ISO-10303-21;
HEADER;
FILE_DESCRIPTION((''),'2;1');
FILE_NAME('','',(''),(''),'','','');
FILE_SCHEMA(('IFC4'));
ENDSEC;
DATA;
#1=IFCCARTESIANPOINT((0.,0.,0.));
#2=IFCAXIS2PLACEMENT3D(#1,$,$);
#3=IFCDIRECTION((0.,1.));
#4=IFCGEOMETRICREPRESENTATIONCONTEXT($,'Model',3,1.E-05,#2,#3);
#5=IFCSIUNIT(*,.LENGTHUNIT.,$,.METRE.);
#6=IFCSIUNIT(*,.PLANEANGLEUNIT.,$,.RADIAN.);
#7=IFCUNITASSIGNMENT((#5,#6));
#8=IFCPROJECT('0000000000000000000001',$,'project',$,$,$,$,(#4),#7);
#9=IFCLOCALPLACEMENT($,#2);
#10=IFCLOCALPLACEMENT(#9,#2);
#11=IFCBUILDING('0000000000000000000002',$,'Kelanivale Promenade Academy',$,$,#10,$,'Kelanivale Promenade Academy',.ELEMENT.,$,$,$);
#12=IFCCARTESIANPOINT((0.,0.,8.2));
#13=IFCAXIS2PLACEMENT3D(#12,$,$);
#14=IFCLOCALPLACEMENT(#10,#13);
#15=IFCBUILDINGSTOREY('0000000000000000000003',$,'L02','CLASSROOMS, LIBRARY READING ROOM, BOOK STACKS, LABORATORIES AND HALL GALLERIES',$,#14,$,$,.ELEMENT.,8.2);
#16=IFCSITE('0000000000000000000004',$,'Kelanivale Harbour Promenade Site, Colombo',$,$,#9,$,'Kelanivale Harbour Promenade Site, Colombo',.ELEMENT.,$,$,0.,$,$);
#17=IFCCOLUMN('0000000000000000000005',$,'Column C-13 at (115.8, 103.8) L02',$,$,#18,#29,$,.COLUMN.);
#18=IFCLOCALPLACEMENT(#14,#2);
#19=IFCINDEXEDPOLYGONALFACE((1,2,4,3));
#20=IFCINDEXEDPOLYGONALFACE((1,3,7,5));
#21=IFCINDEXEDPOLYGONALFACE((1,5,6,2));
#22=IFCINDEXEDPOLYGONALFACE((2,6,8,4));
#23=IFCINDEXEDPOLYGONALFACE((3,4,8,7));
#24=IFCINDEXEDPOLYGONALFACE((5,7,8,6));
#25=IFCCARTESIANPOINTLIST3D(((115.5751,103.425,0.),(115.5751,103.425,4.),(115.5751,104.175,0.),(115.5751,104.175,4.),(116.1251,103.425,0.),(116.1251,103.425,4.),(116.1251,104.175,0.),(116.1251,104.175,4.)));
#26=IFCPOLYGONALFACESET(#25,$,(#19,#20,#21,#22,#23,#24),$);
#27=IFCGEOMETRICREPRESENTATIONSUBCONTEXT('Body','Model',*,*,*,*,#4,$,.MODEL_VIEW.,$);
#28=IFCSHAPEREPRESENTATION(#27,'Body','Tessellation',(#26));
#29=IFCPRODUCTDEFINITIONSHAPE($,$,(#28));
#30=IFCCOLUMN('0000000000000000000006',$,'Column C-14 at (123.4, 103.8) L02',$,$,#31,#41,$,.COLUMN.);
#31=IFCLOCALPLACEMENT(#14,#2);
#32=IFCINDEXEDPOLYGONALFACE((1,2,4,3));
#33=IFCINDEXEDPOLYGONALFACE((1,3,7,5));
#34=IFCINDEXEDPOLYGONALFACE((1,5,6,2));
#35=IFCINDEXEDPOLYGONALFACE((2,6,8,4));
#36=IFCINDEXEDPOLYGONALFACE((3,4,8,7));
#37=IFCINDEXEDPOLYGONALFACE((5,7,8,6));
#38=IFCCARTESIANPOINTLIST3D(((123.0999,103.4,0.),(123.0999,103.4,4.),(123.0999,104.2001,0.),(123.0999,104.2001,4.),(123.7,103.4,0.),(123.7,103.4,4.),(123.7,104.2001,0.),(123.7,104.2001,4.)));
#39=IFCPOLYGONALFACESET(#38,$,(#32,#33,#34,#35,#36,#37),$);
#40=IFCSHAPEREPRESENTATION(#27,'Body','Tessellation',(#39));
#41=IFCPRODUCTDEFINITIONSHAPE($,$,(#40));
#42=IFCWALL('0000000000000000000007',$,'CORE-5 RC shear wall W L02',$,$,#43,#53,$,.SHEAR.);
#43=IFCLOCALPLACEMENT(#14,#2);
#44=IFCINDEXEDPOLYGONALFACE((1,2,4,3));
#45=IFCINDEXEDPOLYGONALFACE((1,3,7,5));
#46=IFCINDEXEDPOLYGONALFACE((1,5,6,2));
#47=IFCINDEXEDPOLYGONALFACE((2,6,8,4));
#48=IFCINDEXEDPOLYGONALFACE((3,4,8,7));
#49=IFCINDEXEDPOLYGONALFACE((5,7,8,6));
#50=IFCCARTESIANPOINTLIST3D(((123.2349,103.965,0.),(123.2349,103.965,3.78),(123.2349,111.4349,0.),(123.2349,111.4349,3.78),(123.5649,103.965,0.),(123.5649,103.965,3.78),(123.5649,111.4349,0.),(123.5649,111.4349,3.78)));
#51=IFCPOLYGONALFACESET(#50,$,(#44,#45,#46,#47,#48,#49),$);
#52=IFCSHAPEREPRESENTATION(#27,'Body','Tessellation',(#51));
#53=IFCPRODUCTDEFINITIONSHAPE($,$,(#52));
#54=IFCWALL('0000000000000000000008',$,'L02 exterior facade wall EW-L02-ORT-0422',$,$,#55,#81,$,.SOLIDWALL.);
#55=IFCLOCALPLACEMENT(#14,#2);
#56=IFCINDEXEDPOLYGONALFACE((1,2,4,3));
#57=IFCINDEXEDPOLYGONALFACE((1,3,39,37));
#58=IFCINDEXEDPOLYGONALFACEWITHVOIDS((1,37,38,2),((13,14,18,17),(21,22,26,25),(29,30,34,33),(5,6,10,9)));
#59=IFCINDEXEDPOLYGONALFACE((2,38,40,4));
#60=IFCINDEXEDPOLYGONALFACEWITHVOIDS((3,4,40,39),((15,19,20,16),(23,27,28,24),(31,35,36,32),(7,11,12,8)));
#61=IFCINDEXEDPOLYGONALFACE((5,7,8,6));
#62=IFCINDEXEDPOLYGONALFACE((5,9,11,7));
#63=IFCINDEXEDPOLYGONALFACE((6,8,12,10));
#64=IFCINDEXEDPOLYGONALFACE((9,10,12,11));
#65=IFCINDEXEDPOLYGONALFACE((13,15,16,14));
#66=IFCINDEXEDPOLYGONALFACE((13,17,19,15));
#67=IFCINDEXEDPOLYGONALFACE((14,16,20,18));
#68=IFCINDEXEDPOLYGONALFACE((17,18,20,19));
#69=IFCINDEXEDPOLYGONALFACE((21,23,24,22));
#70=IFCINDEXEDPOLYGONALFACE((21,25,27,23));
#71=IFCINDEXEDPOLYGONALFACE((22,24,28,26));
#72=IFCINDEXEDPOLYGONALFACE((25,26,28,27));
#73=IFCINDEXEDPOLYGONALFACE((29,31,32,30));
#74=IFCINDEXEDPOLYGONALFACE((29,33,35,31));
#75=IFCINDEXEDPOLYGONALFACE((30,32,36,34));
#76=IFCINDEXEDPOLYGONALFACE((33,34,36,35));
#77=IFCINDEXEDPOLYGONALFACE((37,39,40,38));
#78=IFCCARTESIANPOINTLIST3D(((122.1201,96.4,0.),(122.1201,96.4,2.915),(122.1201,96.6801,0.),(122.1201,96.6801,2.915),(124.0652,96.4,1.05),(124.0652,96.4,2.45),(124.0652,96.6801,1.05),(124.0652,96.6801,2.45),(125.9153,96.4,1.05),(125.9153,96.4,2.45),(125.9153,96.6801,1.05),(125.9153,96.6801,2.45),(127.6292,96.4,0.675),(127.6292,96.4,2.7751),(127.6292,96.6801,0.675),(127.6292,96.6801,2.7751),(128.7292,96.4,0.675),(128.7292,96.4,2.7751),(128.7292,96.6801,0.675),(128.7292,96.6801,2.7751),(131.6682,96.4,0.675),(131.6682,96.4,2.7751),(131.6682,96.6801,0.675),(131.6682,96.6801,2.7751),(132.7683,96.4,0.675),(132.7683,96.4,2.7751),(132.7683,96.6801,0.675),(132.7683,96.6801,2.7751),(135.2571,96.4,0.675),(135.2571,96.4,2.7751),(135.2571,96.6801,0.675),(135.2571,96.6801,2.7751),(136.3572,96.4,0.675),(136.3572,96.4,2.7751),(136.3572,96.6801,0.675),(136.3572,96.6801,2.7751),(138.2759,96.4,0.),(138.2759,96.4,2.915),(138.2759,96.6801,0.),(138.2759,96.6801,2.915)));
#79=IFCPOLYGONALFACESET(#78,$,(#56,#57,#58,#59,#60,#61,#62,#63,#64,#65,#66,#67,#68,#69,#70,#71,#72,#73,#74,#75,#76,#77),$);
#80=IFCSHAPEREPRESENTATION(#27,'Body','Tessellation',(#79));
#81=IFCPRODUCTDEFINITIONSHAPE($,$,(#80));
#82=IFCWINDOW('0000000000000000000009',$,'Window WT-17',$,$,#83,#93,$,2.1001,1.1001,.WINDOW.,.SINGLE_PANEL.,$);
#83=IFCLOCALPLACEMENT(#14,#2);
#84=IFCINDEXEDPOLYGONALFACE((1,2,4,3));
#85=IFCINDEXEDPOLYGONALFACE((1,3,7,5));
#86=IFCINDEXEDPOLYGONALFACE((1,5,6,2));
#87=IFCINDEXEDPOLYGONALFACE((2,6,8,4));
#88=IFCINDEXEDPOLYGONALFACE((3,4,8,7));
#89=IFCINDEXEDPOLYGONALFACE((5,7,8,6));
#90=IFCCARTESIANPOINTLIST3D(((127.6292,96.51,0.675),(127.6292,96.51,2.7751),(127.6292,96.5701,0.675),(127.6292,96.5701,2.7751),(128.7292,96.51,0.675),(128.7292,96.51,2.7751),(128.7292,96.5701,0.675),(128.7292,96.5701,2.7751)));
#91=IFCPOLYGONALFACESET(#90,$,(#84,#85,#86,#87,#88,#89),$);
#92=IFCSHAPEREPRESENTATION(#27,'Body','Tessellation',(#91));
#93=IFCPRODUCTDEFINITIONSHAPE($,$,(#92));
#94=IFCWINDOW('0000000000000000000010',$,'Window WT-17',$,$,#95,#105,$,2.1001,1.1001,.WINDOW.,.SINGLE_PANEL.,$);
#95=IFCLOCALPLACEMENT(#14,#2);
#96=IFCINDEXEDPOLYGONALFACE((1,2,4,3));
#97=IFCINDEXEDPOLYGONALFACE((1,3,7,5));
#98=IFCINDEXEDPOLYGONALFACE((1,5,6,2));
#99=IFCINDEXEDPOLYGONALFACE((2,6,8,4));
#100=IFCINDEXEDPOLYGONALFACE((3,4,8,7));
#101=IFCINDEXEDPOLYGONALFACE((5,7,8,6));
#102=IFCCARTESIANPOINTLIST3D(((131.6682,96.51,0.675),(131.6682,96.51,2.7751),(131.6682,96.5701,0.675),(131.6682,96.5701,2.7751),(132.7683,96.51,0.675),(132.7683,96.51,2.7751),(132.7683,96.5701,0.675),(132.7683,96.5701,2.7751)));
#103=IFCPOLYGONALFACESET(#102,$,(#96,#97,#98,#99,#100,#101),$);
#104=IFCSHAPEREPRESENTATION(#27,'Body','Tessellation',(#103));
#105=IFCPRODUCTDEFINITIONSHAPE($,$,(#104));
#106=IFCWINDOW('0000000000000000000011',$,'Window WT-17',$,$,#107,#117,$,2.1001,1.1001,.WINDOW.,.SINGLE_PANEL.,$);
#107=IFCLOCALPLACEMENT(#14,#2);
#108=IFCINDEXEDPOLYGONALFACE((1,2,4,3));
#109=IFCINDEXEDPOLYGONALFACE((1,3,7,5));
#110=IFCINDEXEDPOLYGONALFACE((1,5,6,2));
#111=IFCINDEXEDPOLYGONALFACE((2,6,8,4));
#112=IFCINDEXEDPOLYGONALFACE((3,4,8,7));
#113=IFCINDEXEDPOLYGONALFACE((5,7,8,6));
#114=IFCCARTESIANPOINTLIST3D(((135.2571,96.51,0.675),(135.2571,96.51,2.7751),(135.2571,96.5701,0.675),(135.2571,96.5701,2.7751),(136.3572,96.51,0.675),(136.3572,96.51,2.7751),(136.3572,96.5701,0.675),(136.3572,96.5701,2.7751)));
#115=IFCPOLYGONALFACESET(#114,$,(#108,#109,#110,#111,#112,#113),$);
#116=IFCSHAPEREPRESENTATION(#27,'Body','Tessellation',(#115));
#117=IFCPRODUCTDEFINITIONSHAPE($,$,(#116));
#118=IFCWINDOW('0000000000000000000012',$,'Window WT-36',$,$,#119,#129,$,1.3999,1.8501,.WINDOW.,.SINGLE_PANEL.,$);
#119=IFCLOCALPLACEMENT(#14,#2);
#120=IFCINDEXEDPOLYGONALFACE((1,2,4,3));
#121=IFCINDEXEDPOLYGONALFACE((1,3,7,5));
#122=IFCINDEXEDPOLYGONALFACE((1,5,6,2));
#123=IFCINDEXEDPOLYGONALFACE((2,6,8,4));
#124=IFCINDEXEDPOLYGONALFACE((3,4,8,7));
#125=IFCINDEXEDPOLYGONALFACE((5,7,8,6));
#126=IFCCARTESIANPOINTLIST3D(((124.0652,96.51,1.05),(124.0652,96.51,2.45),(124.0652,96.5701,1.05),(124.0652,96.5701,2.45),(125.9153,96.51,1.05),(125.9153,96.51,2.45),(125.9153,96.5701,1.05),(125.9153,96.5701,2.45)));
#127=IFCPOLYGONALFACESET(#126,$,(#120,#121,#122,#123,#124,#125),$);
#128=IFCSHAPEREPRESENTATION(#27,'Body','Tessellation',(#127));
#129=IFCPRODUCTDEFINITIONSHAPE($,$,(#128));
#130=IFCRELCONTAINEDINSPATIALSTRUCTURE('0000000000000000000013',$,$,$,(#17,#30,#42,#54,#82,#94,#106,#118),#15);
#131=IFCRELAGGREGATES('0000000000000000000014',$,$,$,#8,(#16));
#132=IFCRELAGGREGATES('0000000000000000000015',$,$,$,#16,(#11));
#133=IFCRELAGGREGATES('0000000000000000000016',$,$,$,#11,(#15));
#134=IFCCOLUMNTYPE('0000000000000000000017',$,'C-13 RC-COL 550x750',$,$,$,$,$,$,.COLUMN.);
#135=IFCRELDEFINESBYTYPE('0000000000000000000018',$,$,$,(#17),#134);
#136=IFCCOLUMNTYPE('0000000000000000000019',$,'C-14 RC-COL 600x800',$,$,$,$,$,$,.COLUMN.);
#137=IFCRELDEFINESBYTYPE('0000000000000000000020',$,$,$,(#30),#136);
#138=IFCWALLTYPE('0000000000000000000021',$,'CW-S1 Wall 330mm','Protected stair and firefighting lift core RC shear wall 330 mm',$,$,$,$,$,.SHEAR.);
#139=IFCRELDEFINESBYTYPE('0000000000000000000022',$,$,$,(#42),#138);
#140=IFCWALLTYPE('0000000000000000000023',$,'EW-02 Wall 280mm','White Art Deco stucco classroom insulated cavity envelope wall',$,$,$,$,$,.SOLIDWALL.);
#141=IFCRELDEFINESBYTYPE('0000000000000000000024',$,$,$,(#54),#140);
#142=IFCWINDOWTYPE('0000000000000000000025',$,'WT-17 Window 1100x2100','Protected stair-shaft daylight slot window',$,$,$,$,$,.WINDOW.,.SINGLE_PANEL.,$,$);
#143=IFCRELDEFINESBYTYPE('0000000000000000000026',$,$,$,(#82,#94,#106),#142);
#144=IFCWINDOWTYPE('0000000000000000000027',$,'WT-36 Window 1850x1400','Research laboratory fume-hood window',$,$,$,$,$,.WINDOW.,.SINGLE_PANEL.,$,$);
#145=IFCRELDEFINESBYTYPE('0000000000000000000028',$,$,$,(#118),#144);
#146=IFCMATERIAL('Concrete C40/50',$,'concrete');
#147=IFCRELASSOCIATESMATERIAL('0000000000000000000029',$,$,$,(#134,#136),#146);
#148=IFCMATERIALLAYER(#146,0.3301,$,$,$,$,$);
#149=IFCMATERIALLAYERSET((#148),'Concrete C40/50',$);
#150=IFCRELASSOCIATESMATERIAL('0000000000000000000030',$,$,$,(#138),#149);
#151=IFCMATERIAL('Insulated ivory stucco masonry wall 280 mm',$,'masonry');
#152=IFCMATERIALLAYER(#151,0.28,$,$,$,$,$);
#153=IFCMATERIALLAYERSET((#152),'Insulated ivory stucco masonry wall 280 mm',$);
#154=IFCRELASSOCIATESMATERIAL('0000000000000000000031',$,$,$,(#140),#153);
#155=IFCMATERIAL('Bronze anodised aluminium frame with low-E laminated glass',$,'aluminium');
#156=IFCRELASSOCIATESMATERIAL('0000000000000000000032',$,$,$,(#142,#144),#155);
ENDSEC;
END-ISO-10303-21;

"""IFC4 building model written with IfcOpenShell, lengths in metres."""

from ifc_helpers import new_model, si_unit, direction, frame, frame_2d, origin, origin_2d, place, context, subcontext, project, spatial, rectangle, extrude, material, layer, layer_set, material_profile, profile_set, type_object, element, fill, save


model = new_model("IFC4")

# Units and contexts
model_context = context("Model", 3, precision=1e-05, world=origin(), true_north=direction((0.0, 1.0)))
body_context = subcontext(model_context, "Body", "Model", "MODEL_VIEW")
ifc_project = project(units=[si_unit("LENGTHUNIT", "METRE"), si_unit("PLANEANGLEUNIT", "RADIAN")], contexts=[model_context])

# Site, building, storey
site_placement = place(None, origin())
site = spatial("IfcSite", under=ifc_project, at=site_placement, Name="Kelanivale Harbour Promenade Site, Colombo", LongName="Kelanivale Harbour Promenade Site, Colombo", CompositionType="ELEMENT", RefElevation=0.0)
building_placement = place(site_placement, origin())
building = spatial("IfcBuilding", under=site, at=building_placement, Name="Kelanivale Promenade Academy", LongName="Kelanivale Promenade Academy", CompositionType="ELEMENT")
storey_placement = place(building_placement, frame((0.0, 0.0, 8.2)))
storey = spatial("IfcBuildingStorey", under=building, at=storey_placement, Name="L02", Description="CLASSROOMS, LIBRARY READING ROOM, BOOK STACKS, LABORATORIES AND HALL GALLERIES", CompositionType="ELEMENT", Elevation=8.2)

# Columns
ifc_material_1 = material(Name="Concrete C40/50", Category="concrete")
ifc_material_profile_1 = material_profile(ifc_material_1, rectangle(XDim=0.55, YDim=0.75, at=origin_2d()), Name="RC-COL 550x750")
ifc_profile_set_1 = profile_set([ifc_material_profile_1], Name="Concrete C40/50")
column_type_1 = type_object("IfcColumnType", Name="C-13 RC-COL 550x750", PredefinedType="COLUMN", material=ifc_profile_set_1)
column_1_placement = place(storey_placement, frame((115.8501, 103.8, 0.0), z_axis=(0.0, 0.0, 1.0), x_axis=(1.0, 0.0, 0.0)))
element("IfcColumn", 1, at=column_1_placement, inside=storey, type_object=column_type_1, Name="Column C-13 at (115.8, 103.8) L02", PredefinedType="COLUMN", context=body_context, shape_type="SweptSolid", body=[
    extrude(rectangle(XDim=0.55, YDim=0.75, at=origin_2d()), origin(), (0.0, 0.0, 1.0), 4.0),
])
ifc_material_profile_2 = material_profile(ifc_material_1, rectangle(XDim=0.6001, YDim=0.8, at=origin_2d()), Name="RC-COL 600x800")
ifc_profile_set_2 = profile_set([ifc_material_profile_2], Name="Concrete C40/50")
column_type_2 = type_object("IfcColumnType", Name="C-14 RC-COL 600x800", PredefinedType="COLUMN", material=ifc_profile_set_2)
column_2_placement = place(storey_placement, frame((123.3999, 103.8, 0.0), z_axis=(0.0, 0.0, 1.0), x_axis=(1.0, 0.0, 0.0)))
element("IfcColumn", 2, at=column_2_placement, inside=storey, type_object=column_type_2, Name="Column C-14 at (123.4, 103.8) L02", PredefinedType="COLUMN", context=body_context, shape_type="SweptSolid", body=[
    extrude(rectangle(XDim=0.6001, YDim=0.8, at=origin_2d()), origin(), (0.0, 0.0, 1.0), 4.0),
])

# Shared definitions
ifc_layer_1 = layer(ifc_material_1, 0.3301)
ifc_layer_set_1 = layer_set([ifc_layer_1], Name="Concrete C40/50")
wall_type_1 = type_object("IfcWallType", Name="CW-S1 Wall 330mm", Description="Protected stair and firefighting lift core RC shear wall 330 mm", PredefinedType="SHEAR", material=ifc_layer_set_1)

# Wall
wall_1_placement = place(storey_placement, frame((123.3999, 103.9651, 0.0), z_axis=(0.0, 0.0, 1.0), x_axis=(0.0, 1.0, 0.0)))
element("IfcWall", 3, at=wall_1_placement, inside=storey, type_object=wall_type_1, Name="CORE-5 RC shear wall W L02", PredefinedType="SHEAR", context=body_context, shape_type="SweptSolid", body=[
    extrude(rectangle(XDim=7.47, YDim=0.3301, at=frame_2d((3.7349, 0.0))), origin(), (0.0, 0.0, 1.0), 3.78),
])

# Wall, openings, windows
ifc_material_2 = material(Name="Insulated ivory stucco masonry wall 280 mm", Category="masonry")
ifc_layer_2 = layer(ifc_material_2, 0.28)
ifc_layer_set_2 = layer_set([ifc_layer_2], Name="Insulated ivory stucco masonry wall 280 mm")
wall_type_2 = type_object("IfcWallType", Name="EW-02 Wall 280mm", Description="White Art Deco stucco classroom insulated cavity envelope wall", PredefinedType="SOLIDWALL", material=ifc_layer_set_2)
wall_2_placement = place(storey_placement, frame((122.1201, 96.54, 0.0), z_axis=(0.0, 0.0, 1.0), x_axis=(1.0, 0.0, 0.0)))
wall_2 = element("IfcWall", 4, at=wall_2_placement, inside=storey, type_object=wall_type_2, Name="L02 exterior facade wall EW-L02-ORT-0422", PredefinedType="SOLIDWALL", context=body_context, shape_type="SweptSolid", body=[
    extrude(rectangle(XDim=16.1558, YDim=0.28, at=frame_2d((8.0779, 0.0))), origin(), (0.0, 0.0, 1.0), 2.915),
])
opening_1_placement = place(wall_2_placement, frame((1.9451, 0.0, 1.05)))
opening_1 = element("IfcOpeningElement", 5, at=opening_1_placement, cuts=wall_2, PredefinedType="OPENING", context=body_context, shape_type="SweptSolid", body=[
    extrude(rectangle(XDim=1.8501, YDim=1.3999, at=frame_2d((0.925, 0.7))), frame((0.0, 0.1499, 0.0), z_axis=(0.0, -1.0, 0.0), x_axis=(1.0, 0.0, 0.0)), (0.0, 0.0, 1.0), 0.3),
])
opening_2_placement = place(wall_2_placement, frame((5.509, 0.0, 0.675)))
opening_2 = element("IfcOpeningElement", 6, at=opening_2_placement, cuts=wall_2, PredefinedType="OPENING", context=body_context, shape_type="SweptSolid", body=[
    extrude(rectangle(XDim=1.1001, YDim=2.1001, at=frame_2d((0.55, 1.05))), frame((0.0, 0.1499, 0.0), z_axis=(0.0, -1.0, 0.0), x_axis=(1.0, 0.0, 0.0)), (0.0, 0.0, 1.0), 0.3),
])
opening_3_placement = place(wall_2_placement, frame((9.5481, 0.0, 0.675)))
opening_3 = element("IfcOpeningElement", 7, at=opening_3_placement, cuts=wall_2, PredefinedType="OPENING", context=body_context, shape_type="SweptSolid", body=[
    extrude(rectangle(XDim=1.1001, YDim=2.1001, at=frame_2d((0.55, 1.05))), frame((0.0, 0.1499, 0.0), z_axis=(0.0, -1.0, 0.0), x_axis=(1.0, 0.0, 0.0)), (0.0, 0.0, 1.0), 0.3),
])
opening_4_placement = place(wall_2_placement, frame((13.137, 0.0, 0.675)))
opening_4 = element("IfcOpeningElement", 8, at=opening_4_placement, cuts=wall_2, PredefinedType="OPENING", context=body_context, shape_type="SweptSolid", body=[
    extrude(rectangle(XDim=1.1001, YDim=2.1001, at=frame_2d((0.55, 1.05))), frame((0.0, 0.1499, 0.0), z_axis=(0.0, -1.0, 0.0), x_axis=(1.0, 0.0, 0.0)), (0.0, 0.0, 1.0), 0.3),
])
ifc_material_3 = material(Name="Bronze anodised aluminium frame with low-E laminated glass", Category="aluminium")
window_type_1 = type_object("IfcWindowType", Name="WT-17 Window 1100x2100", Description="Protected stair-shaft daylight slot window", PartitioningType="SINGLE_PANEL", PredefinedType="WINDOW", material=ifc_material_3)
window_1_placement = place(opening_2_placement, origin())
window_1 = element("IfcWindow", 9, at=window_1_placement, inside=storey, type_object=window_type_1, Name="Window WT-17", OverallHeight=2.1001, OverallWidth=1.1001, PartitioningType="SINGLE_PANEL", PredefinedType="WINDOW", context=body_context, shape_type="SweptSolid", body=[
    extrude(rectangle(XDim=1.1001, YDim=2.1001, at=frame_2d((0.55, 1.05))), frame((0.0, 0.03, 0.0), z_axis=(0.0, -1.0, 0.0), x_axis=(1.0, 0.0, 0.0)), (0.0, 0.0, 1.0), 0.0601),
])
fill(opening_2, window_1)
window_2_placement = place(opening_3_placement, origin())
window_2 = element("IfcWindow", 10, at=window_2_placement, inside=storey, type_object=window_type_1, Name="Window WT-17", OverallHeight=2.1001, OverallWidth=1.1001, PartitioningType="SINGLE_PANEL", PredefinedType="WINDOW", context=body_context, shape_type="SweptSolid", body=[
    extrude(rectangle(XDim=1.1001, YDim=2.1001, at=frame_2d((0.55, 1.05))), frame((0.0, 0.03, 0.0), z_axis=(0.0, -1.0, 0.0), x_axis=(1.0, 0.0, 0.0)), (0.0, 0.0, 1.0), 0.0601),
])
fill(opening_3, window_2)
window_3_placement = place(opening_4_placement, origin())
window_3 = element("IfcWindow", 11, at=window_3_placement, inside=storey, type_object=window_type_1, Name="Window WT-17", OverallHeight=2.1001, OverallWidth=1.1001, PartitioningType="SINGLE_PANEL", PredefinedType="WINDOW", context=body_context, shape_type="SweptSolid", body=[
    extrude(rectangle(XDim=1.1001, YDim=2.1001, at=frame_2d((0.55, 1.05))), frame((0.0, 0.03, 0.0), z_axis=(0.0, -1.0, 0.0), x_axis=(1.0, 0.0, 0.0)), (0.0, 0.0, 1.0), 0.0601),
])
fill(opening_4, window_3)
window_type_2 = type_object("IfcWindowType", Name="WT-36 Window 1850x1400", Description="Research laboratory fume-hood window", PartitioningType="SINGLE_PANEL", PredefinedType="WINDOW", material=ifc_material_3)
window_4_placement = place(opening_1_placement, origin())
window_4 = element("IfcWindow", 12, at=window_4_placement, inside=storey, type_object=window_type_2, Name="Window WT-36", OverallHeight=1.3999, OverallWidth=1.8501, PartitioningType="SINGLE_PANEL", PredefinedType="WINDOW", context=body_context, shape_type="SweptSolid", body=[
    extrude(rectangle(XDim=1.8501, YDim=1.3999, at=frame_2d((0.925, 0.7))), frame((0.0, 0.03, 0.0), z_axis=(0.0, -1.0, 0.0), x_axis=(1.0, 0.0, 0.0)), (0.0, 0.0, 1.0), 0.0601),
])
fill(opening_1, window_4)

save(model, "model.ifc")
